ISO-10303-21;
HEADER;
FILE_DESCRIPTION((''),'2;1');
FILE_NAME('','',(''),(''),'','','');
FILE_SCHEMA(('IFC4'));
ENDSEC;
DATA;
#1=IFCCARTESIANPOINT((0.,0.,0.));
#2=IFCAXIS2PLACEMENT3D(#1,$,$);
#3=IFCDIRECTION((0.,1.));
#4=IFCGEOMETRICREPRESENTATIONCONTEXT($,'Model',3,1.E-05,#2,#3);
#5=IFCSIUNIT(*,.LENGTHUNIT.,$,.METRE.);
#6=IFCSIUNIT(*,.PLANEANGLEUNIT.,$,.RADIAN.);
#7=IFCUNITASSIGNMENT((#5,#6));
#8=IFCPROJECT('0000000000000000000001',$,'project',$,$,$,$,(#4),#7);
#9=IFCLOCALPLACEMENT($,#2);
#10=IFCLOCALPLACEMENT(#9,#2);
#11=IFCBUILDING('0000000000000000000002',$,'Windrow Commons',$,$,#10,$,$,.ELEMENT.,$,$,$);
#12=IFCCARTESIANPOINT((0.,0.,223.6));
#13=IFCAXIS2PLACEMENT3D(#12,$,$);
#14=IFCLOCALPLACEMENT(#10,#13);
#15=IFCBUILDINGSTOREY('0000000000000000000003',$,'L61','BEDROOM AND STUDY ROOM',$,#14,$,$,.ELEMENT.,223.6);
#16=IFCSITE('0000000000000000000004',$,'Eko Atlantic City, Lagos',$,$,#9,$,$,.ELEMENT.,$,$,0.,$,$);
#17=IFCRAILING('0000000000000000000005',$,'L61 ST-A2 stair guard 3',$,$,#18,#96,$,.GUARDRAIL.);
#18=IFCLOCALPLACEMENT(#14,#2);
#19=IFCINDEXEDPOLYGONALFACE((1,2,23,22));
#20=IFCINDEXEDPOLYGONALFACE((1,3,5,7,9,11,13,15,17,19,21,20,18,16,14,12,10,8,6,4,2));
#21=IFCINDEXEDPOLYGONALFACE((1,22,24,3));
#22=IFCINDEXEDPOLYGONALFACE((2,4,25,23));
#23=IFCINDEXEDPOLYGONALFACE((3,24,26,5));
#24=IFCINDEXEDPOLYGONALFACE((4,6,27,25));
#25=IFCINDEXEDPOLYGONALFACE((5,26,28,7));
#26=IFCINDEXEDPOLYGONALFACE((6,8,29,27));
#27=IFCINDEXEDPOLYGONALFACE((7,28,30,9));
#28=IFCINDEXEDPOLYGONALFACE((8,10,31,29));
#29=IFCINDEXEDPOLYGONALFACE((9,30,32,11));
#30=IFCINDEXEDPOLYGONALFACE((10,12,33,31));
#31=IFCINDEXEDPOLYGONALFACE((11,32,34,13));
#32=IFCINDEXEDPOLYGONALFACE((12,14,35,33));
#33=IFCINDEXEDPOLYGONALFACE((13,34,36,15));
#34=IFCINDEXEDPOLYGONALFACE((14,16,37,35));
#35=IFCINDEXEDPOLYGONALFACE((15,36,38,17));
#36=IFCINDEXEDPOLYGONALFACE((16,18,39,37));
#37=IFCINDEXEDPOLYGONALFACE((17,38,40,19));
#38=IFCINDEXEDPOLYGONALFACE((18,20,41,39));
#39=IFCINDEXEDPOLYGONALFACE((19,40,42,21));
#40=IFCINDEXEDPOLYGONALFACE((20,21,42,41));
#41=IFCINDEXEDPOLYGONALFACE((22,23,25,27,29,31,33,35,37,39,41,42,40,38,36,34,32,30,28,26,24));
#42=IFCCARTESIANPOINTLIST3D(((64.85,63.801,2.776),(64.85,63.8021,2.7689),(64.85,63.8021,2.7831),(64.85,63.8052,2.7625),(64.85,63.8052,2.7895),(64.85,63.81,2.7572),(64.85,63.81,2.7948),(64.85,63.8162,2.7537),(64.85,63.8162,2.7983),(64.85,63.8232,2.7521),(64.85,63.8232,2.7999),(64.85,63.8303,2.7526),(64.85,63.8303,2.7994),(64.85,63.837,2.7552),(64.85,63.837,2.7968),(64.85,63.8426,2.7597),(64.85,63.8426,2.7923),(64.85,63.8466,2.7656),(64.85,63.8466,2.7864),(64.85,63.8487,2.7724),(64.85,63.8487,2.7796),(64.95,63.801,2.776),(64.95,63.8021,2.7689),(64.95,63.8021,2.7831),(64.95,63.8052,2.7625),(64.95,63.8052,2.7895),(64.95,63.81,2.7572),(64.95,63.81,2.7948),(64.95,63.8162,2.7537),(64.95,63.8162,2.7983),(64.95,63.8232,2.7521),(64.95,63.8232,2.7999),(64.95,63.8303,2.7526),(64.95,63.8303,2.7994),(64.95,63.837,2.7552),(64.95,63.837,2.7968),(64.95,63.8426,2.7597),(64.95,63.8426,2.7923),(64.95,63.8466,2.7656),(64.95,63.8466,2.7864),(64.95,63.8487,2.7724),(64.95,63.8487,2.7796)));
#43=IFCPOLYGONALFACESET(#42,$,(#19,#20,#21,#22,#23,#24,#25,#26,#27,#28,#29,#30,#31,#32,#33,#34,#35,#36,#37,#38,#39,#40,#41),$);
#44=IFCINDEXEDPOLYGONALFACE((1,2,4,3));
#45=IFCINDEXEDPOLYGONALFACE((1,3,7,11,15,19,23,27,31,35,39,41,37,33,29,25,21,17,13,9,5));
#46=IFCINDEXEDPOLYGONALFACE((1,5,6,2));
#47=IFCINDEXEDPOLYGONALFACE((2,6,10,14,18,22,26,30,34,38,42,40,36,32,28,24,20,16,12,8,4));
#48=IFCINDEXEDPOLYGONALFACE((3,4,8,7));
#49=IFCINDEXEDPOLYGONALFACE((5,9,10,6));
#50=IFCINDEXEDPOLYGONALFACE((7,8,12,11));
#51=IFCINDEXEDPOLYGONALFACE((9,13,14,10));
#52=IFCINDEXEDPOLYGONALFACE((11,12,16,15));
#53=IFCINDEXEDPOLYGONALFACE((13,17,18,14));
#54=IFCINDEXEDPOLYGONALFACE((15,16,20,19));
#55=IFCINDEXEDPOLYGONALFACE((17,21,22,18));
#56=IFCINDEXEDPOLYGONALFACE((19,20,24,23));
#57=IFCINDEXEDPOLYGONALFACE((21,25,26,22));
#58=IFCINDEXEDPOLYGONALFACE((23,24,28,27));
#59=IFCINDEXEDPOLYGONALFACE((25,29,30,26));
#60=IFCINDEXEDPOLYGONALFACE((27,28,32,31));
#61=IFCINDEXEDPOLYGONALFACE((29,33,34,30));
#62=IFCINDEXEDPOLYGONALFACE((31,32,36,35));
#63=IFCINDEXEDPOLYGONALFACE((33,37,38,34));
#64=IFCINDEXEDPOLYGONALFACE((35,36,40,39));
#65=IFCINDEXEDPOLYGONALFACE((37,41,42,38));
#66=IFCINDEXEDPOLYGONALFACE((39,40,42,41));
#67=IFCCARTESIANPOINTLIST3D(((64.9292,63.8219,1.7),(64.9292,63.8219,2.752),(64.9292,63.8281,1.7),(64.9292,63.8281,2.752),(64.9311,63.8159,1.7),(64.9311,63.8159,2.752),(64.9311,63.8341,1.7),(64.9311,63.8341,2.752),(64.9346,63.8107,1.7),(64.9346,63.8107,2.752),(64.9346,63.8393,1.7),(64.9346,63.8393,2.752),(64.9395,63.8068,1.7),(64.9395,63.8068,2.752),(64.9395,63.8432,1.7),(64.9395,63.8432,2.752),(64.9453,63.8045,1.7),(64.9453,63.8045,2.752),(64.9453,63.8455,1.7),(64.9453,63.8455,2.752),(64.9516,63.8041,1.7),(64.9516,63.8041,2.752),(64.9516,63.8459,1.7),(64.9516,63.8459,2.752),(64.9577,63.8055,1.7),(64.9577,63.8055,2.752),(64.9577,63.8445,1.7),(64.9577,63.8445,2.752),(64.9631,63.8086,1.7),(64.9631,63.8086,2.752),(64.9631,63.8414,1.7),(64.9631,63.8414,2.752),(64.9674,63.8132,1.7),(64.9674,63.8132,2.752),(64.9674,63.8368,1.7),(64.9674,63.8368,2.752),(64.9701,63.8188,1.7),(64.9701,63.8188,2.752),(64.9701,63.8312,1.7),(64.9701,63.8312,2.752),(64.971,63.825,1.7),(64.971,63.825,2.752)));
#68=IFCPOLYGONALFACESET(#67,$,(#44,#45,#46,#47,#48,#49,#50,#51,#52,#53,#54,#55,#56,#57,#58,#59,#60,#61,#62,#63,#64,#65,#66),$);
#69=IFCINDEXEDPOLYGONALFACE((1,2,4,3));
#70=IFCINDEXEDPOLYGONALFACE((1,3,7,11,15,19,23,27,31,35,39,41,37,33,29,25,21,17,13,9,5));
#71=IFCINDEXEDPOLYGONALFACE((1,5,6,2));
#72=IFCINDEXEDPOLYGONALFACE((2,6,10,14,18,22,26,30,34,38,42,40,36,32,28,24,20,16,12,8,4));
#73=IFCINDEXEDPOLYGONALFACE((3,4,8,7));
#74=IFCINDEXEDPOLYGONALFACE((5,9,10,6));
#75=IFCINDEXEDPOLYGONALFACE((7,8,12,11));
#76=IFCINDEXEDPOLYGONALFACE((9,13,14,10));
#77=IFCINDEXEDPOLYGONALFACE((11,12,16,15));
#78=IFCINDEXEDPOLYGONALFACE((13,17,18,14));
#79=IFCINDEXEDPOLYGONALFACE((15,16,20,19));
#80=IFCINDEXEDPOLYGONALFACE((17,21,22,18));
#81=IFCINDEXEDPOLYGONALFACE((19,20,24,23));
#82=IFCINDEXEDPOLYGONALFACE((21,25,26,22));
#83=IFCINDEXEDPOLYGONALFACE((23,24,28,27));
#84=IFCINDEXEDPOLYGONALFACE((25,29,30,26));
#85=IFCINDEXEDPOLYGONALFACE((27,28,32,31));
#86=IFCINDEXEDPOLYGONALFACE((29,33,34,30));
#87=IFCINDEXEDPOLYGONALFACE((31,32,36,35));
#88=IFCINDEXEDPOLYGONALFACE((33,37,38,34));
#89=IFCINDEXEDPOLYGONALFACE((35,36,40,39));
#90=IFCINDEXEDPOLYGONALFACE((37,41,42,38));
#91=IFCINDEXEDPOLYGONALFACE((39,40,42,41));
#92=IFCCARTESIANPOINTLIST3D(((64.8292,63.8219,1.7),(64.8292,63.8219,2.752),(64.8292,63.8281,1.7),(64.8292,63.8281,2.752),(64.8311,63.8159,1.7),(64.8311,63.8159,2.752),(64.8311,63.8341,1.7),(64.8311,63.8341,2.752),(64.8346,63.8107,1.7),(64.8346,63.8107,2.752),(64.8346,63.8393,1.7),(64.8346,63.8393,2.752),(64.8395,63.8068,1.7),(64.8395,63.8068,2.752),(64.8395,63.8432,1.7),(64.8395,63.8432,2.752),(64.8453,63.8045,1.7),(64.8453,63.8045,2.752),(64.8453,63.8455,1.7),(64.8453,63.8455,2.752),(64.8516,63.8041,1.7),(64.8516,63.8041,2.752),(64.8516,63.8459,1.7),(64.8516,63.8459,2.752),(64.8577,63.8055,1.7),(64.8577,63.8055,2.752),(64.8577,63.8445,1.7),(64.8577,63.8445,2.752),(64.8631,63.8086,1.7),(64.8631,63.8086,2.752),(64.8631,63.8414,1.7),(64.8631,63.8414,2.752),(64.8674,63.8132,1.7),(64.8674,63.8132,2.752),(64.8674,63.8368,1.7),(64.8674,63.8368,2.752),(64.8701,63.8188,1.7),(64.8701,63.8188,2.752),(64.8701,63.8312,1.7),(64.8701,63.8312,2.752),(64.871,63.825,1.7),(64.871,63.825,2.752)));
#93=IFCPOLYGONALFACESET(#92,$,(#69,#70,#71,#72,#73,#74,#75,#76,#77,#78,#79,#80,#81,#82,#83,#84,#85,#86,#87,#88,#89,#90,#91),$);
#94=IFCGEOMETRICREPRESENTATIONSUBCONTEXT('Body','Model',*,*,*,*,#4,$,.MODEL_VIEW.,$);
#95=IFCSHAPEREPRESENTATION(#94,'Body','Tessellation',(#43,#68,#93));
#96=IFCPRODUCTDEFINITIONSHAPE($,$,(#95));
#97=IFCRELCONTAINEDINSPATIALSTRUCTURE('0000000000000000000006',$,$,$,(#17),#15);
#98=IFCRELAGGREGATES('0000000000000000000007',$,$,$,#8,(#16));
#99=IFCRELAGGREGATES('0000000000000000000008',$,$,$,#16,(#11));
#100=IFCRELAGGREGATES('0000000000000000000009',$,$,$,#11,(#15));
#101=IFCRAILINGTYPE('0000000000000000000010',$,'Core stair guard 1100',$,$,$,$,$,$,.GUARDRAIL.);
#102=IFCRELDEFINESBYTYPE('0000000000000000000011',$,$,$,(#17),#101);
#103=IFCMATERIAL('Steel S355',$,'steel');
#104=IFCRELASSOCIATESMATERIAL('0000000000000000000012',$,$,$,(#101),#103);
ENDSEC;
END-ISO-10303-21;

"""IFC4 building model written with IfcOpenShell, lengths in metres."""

from ifc_helpers import new_model, si_unit, direction, frame, origin, origin_2d, place, context, subcontext, project, spatial, circle, extrude, material, type_object, element, save


model = new_model("IFC4")

# Units and contexts
model_context = context("Model", 3, precision=1e-05, world=origin(), true_north=direction((0.0, 1.0)))
body_context = subcontext(model_context, "Body", "Model", "MODEL_VIEW")
ifc_project = project(units=[si_unit("LENGTHUNIT", "METRE"), si_unit("PLANEANGLEUNIT", "RADIAN")], contexts=[model_context])

# Site, building, storey
site_placement = place(None, origin())
site = spatial("IfcSite", under=ifc_project, at=site_placement, Name="Eko Atlantic City, Lagos", CompositionType="ELEMENT", RefElevation=0.0)
building_placement = place(site_placement, origin())
building = spatial("IfcBuilding", under=site, at=building_placement, Name="Windrow Commons", CompositionType="ELEMENT")
storey_placement = place(building_placement, frame((0.0, 0.0, 223.6)))
storey = spatial("IfcBuildingStorey", under=building, at=storey_placement, Name="L61", Description="BEDROOM AND STUDY ROOM", CompositionType="ELEMENT", Elevation=223.6)

# Railing
ifc_material_1 = material(Name="Steel S355", Category="steel")
railing_type_1 = type_object("IfcRailingType", Name="Core stair guard 1100", PredefinedType="GUARDRAIL", material=ifc_material_1)
railing_1_placement = place(storey_placement, frame((64.95, 63.825, 1.7)))
element("IfcRailing", 1, at=railing_1_placement, inside=storey, type_object=railing_type_1, Name="L61 ST-A2 stair guard 3", PredefinedType="GUARDRAIL", context=body_context, shape_type="SweptSolid", body=[
    extrude(circle(Radius=0.024, at=origin_2d()), frame((0.0, 0.0, 1.076), z_axis=(-1.0, 0.0, 0.0), x_axis=(0.0, -1.0, 0.0)), (0.0, 0.0, 1.0), 0.1),
    extrude(circle(Radius=0.021, at=origin_2d()), origin(), (0.0, 0.0, 1.0), 1.052),
    extrude(circle(Radius=0.021, at=origin_2d()), frame((-0.1, 0.0, 0.0)), (0.0, 0.0, 1.0), 1.052),
])

save(model, "model.ifc")
